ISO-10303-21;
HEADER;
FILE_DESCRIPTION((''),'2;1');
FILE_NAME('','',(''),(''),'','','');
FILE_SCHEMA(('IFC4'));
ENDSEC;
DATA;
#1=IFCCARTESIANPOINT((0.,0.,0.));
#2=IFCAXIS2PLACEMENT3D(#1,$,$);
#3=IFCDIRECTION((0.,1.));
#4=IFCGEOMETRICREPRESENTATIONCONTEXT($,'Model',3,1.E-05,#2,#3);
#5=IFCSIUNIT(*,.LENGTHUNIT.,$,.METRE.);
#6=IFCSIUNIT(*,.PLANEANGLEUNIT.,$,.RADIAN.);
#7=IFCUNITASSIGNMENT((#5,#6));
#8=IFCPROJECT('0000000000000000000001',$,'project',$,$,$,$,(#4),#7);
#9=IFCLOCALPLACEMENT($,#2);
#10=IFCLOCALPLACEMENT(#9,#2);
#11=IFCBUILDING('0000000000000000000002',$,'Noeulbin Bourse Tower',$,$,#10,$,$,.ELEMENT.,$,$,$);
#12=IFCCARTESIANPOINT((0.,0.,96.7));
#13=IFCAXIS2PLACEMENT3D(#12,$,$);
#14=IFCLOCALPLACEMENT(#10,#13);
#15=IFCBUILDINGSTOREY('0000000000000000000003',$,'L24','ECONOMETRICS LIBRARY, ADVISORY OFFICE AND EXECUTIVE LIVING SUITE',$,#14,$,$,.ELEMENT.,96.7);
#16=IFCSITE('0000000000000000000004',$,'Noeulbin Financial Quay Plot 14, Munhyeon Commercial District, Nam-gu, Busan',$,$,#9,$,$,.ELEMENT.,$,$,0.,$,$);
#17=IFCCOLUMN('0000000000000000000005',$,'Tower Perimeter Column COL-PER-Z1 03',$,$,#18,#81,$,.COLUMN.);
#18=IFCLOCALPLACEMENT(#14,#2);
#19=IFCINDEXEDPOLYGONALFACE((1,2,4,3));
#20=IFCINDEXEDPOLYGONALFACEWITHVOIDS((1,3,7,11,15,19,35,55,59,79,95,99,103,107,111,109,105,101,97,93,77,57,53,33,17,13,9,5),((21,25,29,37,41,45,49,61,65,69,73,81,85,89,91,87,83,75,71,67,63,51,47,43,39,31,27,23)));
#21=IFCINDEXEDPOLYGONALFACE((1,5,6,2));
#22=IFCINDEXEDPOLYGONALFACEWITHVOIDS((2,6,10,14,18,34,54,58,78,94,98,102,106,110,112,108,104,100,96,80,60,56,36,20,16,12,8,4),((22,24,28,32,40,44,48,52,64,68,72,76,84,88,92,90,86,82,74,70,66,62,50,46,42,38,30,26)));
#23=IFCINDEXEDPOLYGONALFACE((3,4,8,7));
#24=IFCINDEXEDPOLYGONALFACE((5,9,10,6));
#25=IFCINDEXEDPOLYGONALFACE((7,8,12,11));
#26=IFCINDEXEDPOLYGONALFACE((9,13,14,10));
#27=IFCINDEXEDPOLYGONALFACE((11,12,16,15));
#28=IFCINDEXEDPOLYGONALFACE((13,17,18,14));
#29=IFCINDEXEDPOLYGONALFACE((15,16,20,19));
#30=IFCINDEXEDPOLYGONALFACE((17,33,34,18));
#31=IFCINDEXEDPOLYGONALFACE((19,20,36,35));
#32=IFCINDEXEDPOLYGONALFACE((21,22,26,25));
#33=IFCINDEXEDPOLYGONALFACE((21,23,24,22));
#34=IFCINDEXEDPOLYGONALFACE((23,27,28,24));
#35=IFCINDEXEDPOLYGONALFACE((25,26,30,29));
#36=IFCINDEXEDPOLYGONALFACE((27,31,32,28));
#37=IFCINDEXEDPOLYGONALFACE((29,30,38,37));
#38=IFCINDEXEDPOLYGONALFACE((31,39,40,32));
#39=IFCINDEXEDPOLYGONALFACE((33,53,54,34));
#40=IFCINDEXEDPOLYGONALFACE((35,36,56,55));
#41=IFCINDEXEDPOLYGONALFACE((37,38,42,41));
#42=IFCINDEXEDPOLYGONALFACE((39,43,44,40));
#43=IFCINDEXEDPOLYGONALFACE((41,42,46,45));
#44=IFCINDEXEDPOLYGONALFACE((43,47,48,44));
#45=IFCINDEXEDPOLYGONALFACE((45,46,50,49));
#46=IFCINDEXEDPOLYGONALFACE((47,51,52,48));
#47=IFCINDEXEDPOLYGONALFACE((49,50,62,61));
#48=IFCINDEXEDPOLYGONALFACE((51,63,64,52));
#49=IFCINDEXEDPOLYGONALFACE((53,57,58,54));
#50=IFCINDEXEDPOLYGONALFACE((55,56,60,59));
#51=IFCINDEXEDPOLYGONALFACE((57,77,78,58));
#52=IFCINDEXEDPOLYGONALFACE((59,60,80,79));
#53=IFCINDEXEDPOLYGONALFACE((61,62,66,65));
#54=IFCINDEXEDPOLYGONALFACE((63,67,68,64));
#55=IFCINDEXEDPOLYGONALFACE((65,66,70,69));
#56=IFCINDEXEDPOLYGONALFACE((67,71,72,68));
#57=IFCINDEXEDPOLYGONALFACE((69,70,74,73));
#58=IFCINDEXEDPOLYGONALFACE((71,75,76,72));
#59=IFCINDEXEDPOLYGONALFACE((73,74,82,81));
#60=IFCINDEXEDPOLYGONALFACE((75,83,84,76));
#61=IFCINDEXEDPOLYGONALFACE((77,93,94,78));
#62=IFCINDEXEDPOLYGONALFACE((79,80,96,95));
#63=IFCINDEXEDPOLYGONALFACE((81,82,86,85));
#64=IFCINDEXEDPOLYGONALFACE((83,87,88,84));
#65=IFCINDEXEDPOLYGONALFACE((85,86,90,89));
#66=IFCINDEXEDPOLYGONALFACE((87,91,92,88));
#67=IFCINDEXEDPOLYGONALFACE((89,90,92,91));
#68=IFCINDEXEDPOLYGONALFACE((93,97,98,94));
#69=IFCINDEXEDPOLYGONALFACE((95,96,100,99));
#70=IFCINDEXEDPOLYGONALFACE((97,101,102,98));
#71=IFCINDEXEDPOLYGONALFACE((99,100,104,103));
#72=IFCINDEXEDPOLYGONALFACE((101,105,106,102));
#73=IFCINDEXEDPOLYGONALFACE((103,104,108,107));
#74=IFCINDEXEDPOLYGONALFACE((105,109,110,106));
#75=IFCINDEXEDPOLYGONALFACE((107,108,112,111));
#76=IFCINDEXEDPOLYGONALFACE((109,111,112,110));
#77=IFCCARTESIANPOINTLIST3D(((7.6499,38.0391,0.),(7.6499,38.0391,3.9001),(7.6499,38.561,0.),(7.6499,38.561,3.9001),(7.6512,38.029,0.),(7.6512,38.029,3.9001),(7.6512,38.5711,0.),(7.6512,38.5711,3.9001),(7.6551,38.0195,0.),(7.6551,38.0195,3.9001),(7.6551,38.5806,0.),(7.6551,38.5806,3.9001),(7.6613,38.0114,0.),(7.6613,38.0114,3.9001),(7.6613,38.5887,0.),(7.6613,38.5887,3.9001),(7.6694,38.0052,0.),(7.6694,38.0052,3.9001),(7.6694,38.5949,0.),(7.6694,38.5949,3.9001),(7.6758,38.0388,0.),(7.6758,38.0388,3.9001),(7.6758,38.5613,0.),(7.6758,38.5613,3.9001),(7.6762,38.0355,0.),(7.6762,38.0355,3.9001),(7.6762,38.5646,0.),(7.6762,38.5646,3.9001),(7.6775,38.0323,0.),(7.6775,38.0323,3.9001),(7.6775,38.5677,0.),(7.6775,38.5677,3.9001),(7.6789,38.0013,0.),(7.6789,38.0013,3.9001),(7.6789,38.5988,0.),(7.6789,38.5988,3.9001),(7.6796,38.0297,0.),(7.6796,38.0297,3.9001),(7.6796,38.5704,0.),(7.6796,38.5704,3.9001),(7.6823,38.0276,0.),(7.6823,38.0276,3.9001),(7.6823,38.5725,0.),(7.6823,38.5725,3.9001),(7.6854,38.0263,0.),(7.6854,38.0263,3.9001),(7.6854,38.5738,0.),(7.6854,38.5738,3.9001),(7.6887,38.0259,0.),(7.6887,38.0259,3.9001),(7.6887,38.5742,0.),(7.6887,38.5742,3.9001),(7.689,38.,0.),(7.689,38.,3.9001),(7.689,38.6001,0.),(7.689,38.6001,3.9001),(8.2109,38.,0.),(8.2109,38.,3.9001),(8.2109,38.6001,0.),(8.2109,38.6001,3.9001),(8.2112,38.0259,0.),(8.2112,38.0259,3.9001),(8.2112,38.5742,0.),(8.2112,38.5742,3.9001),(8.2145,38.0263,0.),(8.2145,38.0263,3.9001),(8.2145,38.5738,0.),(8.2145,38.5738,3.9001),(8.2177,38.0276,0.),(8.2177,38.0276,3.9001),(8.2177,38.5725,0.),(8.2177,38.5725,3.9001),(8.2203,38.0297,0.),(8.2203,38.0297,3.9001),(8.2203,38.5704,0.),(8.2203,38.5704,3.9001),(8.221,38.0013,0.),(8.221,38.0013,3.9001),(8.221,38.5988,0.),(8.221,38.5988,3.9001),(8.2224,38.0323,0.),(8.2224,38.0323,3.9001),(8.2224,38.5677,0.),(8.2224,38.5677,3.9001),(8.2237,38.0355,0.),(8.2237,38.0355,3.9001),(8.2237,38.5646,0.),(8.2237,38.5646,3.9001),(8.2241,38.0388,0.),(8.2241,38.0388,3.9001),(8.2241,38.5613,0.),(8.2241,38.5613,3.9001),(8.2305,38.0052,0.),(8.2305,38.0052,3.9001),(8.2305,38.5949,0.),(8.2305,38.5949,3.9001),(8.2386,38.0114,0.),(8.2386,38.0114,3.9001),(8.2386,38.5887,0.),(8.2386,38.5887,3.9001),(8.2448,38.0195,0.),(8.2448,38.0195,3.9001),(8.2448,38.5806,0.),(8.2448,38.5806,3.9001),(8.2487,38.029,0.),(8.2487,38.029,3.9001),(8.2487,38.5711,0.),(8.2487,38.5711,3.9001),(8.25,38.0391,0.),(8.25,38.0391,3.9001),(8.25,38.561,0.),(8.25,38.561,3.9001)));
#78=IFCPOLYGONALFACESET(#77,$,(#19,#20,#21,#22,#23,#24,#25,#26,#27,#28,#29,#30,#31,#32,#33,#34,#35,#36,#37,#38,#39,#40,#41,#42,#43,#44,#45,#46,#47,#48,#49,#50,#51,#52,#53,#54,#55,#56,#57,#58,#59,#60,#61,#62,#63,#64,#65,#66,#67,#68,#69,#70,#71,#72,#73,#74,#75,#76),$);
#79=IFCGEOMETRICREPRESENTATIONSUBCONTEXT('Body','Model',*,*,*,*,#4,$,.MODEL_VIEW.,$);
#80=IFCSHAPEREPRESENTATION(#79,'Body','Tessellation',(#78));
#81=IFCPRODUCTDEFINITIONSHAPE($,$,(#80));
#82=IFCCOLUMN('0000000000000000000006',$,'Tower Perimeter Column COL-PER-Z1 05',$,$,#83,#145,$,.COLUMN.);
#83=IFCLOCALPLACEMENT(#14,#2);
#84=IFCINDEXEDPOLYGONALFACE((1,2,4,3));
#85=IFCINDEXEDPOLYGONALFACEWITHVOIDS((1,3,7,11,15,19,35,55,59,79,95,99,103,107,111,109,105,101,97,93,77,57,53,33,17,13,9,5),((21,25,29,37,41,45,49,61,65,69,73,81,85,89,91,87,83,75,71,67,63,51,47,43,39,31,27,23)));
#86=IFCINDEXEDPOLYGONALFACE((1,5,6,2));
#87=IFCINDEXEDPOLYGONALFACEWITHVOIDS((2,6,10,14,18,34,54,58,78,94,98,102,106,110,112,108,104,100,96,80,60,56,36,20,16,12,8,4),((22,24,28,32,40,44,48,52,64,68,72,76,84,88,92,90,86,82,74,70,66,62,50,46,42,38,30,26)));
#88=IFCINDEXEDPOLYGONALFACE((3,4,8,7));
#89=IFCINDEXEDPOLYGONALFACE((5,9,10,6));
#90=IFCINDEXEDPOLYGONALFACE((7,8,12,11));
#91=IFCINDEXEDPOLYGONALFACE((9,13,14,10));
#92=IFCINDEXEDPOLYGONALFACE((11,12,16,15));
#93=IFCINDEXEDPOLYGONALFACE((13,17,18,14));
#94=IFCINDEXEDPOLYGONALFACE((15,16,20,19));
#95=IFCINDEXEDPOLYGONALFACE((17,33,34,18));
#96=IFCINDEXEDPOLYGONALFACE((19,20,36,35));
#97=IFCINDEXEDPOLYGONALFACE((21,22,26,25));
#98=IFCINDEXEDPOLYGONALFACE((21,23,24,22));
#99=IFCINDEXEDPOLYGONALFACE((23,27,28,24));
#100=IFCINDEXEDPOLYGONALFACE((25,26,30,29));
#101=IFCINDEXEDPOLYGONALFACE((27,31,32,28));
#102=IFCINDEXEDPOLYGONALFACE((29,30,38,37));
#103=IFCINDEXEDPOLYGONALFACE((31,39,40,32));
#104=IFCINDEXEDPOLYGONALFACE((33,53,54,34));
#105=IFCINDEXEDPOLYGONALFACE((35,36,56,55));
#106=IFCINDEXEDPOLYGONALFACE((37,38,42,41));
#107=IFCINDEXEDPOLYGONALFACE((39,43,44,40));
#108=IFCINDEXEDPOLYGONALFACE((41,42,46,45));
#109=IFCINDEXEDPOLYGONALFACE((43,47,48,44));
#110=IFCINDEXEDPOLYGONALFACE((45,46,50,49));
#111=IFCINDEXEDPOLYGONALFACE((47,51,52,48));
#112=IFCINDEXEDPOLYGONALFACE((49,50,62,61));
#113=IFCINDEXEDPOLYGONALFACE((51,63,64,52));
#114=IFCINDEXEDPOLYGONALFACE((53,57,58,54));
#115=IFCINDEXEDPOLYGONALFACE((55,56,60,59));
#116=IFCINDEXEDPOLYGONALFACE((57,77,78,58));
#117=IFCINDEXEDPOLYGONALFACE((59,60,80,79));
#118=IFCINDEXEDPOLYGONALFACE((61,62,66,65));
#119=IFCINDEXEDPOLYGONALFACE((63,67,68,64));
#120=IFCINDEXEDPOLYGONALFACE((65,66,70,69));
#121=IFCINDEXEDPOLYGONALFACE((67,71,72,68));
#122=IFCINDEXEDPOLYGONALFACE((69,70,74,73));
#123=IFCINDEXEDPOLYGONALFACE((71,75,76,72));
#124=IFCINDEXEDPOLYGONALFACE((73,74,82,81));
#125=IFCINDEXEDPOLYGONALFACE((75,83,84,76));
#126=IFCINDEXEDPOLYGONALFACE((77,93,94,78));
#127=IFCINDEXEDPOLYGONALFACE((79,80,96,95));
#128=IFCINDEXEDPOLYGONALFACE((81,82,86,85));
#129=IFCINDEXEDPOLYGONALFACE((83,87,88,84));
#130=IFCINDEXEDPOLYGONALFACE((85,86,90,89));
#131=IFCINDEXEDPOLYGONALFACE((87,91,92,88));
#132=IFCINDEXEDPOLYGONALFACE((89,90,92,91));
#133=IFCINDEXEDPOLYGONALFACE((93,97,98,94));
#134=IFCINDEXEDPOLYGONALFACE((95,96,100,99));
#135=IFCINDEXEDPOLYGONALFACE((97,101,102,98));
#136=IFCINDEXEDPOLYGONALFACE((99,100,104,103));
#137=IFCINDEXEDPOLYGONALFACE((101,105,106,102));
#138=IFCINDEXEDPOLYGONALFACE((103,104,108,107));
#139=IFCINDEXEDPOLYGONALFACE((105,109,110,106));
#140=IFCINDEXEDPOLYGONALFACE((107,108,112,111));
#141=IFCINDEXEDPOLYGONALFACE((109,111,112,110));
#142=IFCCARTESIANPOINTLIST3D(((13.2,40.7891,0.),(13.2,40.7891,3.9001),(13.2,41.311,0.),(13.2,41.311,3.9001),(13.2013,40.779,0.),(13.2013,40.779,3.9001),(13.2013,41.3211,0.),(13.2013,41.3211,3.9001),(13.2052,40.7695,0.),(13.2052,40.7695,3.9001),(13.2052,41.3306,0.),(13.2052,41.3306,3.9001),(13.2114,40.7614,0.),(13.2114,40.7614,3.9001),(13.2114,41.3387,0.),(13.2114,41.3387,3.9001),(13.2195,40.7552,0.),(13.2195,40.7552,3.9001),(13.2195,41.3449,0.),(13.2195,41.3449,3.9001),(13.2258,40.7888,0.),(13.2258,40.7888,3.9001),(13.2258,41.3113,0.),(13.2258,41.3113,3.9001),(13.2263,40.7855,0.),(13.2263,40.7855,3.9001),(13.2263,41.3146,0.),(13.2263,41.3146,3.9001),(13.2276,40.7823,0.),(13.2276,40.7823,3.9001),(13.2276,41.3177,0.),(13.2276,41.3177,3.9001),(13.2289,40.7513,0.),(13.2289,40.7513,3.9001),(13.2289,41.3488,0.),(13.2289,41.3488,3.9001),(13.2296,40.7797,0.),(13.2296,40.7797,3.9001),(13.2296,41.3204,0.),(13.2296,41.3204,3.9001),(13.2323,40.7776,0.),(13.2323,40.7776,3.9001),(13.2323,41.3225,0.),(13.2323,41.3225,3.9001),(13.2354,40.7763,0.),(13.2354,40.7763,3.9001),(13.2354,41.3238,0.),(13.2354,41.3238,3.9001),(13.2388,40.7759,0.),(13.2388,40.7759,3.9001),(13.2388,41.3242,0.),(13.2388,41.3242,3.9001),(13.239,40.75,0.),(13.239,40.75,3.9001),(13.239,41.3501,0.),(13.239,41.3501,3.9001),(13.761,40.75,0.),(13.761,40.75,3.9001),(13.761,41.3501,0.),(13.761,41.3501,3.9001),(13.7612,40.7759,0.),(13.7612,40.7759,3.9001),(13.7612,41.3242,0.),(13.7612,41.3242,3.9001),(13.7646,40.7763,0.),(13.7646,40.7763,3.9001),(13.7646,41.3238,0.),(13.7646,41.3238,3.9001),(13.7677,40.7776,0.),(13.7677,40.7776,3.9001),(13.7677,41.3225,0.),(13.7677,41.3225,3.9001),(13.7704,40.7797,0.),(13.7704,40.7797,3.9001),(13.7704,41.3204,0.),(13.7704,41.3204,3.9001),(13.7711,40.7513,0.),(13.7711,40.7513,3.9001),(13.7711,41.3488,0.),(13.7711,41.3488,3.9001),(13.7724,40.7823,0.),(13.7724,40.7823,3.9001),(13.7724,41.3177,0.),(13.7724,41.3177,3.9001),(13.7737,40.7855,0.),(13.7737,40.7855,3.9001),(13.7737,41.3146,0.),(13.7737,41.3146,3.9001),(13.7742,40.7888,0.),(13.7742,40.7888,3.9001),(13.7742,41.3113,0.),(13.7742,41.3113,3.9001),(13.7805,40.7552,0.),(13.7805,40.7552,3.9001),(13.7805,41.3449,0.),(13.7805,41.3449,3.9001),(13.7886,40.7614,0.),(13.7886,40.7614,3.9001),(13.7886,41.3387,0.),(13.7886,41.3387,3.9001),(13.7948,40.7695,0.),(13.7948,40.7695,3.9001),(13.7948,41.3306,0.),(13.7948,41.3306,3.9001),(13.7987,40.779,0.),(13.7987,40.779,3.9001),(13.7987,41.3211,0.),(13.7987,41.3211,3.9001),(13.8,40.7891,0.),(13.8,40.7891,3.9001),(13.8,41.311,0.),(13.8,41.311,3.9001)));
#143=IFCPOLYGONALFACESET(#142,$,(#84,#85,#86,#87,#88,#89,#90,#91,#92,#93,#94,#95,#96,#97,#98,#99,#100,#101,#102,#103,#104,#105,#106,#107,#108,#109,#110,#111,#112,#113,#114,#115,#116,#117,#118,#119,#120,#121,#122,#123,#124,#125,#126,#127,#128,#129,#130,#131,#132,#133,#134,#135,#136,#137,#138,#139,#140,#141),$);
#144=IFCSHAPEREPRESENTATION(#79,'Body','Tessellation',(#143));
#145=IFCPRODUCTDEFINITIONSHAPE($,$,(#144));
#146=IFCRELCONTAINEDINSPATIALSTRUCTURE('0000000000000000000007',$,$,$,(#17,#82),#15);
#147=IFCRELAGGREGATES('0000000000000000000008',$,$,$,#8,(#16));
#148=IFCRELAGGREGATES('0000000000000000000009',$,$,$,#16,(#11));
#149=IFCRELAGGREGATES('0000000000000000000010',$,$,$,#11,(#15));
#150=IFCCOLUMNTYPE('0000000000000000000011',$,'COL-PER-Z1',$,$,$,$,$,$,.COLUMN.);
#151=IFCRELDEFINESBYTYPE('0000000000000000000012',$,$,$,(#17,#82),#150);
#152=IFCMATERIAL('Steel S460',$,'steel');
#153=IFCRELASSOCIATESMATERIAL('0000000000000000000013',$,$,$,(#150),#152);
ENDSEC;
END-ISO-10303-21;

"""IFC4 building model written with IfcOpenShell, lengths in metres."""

from ifc_helpers import new_model, si_unit, direction, frame, origin, origin_2d, place, context, subcontext, project, spatial, hollow_rectangle, extrude, material, material_profile, profile_set, type_object, element, save


model = new_model("IFC4")

# Units and contexts
model_context = context("Model", 3, precision=1e-05, world=origin(), true_north=direction((0.0, 1.0)))
body_context = subcontext(model_context, "Body", "Model", "MODEL_VIEW")
ifc_project = project(units=[si_unit("LENGTHUNIT", "METRE"), si_unit("PLANEANGLEUNIT", "RADIAN")], contexts=[model_context])

# Site, building, storey
site_placement = place(None, origin())
site = spatial("IfcSite", under=ifc_project, at=site_placement, Name="Noeulbin Financial Quay Plot 14, Munhyeon Commercial District, Nam-gu, Busan", CompositionType="ELEMENT", RefElevation=0.0)
building_placement = place(site_placement, origin())
building = spatial("IfcBuilding", under=site, at=building_placement, Name="Noeulbin Bourse Tower", CompositionType="ELEMENT")
storey_placement = place(building_placement, frame((0.0, 0.0, 96.7)))
storey = spatial("IfcBuildingStorey", under=building, at=storey_placement, Name="L24", Description="ECONOMETRICS LIBRARY, ADVISORY OFFICE AND EXECUTIVE LIVING SUITE", CompositionType="ELEMENT", Elevation=96.7)

# Columns
ifc_material_1 = material(Name="Steel S460", Category="steel")
ifc_material_profile_1 = material_profile(ifc_material_1, hollow_rectangle(XDim=0.6001, YDim=0.6001, WallThickness=0.0259, InnerFilletRadius=0.0129, OuterFilletRadius=0.0391, at=origin_2d()), Name="BOX-600x600x26", Category="LoadBearing")
ifc_profile_set_1 = profile_set([ifc_material_profile_1], Name="Steel S460")
column_type_1 = type_object("IfcColumnType", Name="COL-PER-Z1", PredefinedType="COLUMN", material=ifc_profile_set_1)
for number, where, z_axis, x_axis, name in (
    (1, (7.95, 38.3, 0.0), (0.0, 0.0, 1.0), (1.0, 0.0, 0.0), "Tower Perimeter Column COL-PER-Z1 03"),
    (2, (13.5, 41.05, 0.0), (0.0, 0.0, 1.0), (1.0, 0.0, 0.0), "Tower Perimeter Column COL-PER-Z1 05"),
):
    element("IfcColumn", number, at=place(storey_placement, frame(where, z_axis=z_axis, x_axis=x_axis)), inside=storey, type_object=column_type_1, Name=name, PredefinedType="COLUMN", context=body_context, shape_type="SweptSolid", body=[
        extrude(hollow_rectangle(XDim=0.6001, YDim=0.6001, WallThickness=0.0259, InnerFilletRadius=0.0129, OuterFilletRadius=0.0391, at=origin_2d()), origin(), (0.0, 0.0, 1.0), 3.9001),
    ])

save(model, "model.ifc")
